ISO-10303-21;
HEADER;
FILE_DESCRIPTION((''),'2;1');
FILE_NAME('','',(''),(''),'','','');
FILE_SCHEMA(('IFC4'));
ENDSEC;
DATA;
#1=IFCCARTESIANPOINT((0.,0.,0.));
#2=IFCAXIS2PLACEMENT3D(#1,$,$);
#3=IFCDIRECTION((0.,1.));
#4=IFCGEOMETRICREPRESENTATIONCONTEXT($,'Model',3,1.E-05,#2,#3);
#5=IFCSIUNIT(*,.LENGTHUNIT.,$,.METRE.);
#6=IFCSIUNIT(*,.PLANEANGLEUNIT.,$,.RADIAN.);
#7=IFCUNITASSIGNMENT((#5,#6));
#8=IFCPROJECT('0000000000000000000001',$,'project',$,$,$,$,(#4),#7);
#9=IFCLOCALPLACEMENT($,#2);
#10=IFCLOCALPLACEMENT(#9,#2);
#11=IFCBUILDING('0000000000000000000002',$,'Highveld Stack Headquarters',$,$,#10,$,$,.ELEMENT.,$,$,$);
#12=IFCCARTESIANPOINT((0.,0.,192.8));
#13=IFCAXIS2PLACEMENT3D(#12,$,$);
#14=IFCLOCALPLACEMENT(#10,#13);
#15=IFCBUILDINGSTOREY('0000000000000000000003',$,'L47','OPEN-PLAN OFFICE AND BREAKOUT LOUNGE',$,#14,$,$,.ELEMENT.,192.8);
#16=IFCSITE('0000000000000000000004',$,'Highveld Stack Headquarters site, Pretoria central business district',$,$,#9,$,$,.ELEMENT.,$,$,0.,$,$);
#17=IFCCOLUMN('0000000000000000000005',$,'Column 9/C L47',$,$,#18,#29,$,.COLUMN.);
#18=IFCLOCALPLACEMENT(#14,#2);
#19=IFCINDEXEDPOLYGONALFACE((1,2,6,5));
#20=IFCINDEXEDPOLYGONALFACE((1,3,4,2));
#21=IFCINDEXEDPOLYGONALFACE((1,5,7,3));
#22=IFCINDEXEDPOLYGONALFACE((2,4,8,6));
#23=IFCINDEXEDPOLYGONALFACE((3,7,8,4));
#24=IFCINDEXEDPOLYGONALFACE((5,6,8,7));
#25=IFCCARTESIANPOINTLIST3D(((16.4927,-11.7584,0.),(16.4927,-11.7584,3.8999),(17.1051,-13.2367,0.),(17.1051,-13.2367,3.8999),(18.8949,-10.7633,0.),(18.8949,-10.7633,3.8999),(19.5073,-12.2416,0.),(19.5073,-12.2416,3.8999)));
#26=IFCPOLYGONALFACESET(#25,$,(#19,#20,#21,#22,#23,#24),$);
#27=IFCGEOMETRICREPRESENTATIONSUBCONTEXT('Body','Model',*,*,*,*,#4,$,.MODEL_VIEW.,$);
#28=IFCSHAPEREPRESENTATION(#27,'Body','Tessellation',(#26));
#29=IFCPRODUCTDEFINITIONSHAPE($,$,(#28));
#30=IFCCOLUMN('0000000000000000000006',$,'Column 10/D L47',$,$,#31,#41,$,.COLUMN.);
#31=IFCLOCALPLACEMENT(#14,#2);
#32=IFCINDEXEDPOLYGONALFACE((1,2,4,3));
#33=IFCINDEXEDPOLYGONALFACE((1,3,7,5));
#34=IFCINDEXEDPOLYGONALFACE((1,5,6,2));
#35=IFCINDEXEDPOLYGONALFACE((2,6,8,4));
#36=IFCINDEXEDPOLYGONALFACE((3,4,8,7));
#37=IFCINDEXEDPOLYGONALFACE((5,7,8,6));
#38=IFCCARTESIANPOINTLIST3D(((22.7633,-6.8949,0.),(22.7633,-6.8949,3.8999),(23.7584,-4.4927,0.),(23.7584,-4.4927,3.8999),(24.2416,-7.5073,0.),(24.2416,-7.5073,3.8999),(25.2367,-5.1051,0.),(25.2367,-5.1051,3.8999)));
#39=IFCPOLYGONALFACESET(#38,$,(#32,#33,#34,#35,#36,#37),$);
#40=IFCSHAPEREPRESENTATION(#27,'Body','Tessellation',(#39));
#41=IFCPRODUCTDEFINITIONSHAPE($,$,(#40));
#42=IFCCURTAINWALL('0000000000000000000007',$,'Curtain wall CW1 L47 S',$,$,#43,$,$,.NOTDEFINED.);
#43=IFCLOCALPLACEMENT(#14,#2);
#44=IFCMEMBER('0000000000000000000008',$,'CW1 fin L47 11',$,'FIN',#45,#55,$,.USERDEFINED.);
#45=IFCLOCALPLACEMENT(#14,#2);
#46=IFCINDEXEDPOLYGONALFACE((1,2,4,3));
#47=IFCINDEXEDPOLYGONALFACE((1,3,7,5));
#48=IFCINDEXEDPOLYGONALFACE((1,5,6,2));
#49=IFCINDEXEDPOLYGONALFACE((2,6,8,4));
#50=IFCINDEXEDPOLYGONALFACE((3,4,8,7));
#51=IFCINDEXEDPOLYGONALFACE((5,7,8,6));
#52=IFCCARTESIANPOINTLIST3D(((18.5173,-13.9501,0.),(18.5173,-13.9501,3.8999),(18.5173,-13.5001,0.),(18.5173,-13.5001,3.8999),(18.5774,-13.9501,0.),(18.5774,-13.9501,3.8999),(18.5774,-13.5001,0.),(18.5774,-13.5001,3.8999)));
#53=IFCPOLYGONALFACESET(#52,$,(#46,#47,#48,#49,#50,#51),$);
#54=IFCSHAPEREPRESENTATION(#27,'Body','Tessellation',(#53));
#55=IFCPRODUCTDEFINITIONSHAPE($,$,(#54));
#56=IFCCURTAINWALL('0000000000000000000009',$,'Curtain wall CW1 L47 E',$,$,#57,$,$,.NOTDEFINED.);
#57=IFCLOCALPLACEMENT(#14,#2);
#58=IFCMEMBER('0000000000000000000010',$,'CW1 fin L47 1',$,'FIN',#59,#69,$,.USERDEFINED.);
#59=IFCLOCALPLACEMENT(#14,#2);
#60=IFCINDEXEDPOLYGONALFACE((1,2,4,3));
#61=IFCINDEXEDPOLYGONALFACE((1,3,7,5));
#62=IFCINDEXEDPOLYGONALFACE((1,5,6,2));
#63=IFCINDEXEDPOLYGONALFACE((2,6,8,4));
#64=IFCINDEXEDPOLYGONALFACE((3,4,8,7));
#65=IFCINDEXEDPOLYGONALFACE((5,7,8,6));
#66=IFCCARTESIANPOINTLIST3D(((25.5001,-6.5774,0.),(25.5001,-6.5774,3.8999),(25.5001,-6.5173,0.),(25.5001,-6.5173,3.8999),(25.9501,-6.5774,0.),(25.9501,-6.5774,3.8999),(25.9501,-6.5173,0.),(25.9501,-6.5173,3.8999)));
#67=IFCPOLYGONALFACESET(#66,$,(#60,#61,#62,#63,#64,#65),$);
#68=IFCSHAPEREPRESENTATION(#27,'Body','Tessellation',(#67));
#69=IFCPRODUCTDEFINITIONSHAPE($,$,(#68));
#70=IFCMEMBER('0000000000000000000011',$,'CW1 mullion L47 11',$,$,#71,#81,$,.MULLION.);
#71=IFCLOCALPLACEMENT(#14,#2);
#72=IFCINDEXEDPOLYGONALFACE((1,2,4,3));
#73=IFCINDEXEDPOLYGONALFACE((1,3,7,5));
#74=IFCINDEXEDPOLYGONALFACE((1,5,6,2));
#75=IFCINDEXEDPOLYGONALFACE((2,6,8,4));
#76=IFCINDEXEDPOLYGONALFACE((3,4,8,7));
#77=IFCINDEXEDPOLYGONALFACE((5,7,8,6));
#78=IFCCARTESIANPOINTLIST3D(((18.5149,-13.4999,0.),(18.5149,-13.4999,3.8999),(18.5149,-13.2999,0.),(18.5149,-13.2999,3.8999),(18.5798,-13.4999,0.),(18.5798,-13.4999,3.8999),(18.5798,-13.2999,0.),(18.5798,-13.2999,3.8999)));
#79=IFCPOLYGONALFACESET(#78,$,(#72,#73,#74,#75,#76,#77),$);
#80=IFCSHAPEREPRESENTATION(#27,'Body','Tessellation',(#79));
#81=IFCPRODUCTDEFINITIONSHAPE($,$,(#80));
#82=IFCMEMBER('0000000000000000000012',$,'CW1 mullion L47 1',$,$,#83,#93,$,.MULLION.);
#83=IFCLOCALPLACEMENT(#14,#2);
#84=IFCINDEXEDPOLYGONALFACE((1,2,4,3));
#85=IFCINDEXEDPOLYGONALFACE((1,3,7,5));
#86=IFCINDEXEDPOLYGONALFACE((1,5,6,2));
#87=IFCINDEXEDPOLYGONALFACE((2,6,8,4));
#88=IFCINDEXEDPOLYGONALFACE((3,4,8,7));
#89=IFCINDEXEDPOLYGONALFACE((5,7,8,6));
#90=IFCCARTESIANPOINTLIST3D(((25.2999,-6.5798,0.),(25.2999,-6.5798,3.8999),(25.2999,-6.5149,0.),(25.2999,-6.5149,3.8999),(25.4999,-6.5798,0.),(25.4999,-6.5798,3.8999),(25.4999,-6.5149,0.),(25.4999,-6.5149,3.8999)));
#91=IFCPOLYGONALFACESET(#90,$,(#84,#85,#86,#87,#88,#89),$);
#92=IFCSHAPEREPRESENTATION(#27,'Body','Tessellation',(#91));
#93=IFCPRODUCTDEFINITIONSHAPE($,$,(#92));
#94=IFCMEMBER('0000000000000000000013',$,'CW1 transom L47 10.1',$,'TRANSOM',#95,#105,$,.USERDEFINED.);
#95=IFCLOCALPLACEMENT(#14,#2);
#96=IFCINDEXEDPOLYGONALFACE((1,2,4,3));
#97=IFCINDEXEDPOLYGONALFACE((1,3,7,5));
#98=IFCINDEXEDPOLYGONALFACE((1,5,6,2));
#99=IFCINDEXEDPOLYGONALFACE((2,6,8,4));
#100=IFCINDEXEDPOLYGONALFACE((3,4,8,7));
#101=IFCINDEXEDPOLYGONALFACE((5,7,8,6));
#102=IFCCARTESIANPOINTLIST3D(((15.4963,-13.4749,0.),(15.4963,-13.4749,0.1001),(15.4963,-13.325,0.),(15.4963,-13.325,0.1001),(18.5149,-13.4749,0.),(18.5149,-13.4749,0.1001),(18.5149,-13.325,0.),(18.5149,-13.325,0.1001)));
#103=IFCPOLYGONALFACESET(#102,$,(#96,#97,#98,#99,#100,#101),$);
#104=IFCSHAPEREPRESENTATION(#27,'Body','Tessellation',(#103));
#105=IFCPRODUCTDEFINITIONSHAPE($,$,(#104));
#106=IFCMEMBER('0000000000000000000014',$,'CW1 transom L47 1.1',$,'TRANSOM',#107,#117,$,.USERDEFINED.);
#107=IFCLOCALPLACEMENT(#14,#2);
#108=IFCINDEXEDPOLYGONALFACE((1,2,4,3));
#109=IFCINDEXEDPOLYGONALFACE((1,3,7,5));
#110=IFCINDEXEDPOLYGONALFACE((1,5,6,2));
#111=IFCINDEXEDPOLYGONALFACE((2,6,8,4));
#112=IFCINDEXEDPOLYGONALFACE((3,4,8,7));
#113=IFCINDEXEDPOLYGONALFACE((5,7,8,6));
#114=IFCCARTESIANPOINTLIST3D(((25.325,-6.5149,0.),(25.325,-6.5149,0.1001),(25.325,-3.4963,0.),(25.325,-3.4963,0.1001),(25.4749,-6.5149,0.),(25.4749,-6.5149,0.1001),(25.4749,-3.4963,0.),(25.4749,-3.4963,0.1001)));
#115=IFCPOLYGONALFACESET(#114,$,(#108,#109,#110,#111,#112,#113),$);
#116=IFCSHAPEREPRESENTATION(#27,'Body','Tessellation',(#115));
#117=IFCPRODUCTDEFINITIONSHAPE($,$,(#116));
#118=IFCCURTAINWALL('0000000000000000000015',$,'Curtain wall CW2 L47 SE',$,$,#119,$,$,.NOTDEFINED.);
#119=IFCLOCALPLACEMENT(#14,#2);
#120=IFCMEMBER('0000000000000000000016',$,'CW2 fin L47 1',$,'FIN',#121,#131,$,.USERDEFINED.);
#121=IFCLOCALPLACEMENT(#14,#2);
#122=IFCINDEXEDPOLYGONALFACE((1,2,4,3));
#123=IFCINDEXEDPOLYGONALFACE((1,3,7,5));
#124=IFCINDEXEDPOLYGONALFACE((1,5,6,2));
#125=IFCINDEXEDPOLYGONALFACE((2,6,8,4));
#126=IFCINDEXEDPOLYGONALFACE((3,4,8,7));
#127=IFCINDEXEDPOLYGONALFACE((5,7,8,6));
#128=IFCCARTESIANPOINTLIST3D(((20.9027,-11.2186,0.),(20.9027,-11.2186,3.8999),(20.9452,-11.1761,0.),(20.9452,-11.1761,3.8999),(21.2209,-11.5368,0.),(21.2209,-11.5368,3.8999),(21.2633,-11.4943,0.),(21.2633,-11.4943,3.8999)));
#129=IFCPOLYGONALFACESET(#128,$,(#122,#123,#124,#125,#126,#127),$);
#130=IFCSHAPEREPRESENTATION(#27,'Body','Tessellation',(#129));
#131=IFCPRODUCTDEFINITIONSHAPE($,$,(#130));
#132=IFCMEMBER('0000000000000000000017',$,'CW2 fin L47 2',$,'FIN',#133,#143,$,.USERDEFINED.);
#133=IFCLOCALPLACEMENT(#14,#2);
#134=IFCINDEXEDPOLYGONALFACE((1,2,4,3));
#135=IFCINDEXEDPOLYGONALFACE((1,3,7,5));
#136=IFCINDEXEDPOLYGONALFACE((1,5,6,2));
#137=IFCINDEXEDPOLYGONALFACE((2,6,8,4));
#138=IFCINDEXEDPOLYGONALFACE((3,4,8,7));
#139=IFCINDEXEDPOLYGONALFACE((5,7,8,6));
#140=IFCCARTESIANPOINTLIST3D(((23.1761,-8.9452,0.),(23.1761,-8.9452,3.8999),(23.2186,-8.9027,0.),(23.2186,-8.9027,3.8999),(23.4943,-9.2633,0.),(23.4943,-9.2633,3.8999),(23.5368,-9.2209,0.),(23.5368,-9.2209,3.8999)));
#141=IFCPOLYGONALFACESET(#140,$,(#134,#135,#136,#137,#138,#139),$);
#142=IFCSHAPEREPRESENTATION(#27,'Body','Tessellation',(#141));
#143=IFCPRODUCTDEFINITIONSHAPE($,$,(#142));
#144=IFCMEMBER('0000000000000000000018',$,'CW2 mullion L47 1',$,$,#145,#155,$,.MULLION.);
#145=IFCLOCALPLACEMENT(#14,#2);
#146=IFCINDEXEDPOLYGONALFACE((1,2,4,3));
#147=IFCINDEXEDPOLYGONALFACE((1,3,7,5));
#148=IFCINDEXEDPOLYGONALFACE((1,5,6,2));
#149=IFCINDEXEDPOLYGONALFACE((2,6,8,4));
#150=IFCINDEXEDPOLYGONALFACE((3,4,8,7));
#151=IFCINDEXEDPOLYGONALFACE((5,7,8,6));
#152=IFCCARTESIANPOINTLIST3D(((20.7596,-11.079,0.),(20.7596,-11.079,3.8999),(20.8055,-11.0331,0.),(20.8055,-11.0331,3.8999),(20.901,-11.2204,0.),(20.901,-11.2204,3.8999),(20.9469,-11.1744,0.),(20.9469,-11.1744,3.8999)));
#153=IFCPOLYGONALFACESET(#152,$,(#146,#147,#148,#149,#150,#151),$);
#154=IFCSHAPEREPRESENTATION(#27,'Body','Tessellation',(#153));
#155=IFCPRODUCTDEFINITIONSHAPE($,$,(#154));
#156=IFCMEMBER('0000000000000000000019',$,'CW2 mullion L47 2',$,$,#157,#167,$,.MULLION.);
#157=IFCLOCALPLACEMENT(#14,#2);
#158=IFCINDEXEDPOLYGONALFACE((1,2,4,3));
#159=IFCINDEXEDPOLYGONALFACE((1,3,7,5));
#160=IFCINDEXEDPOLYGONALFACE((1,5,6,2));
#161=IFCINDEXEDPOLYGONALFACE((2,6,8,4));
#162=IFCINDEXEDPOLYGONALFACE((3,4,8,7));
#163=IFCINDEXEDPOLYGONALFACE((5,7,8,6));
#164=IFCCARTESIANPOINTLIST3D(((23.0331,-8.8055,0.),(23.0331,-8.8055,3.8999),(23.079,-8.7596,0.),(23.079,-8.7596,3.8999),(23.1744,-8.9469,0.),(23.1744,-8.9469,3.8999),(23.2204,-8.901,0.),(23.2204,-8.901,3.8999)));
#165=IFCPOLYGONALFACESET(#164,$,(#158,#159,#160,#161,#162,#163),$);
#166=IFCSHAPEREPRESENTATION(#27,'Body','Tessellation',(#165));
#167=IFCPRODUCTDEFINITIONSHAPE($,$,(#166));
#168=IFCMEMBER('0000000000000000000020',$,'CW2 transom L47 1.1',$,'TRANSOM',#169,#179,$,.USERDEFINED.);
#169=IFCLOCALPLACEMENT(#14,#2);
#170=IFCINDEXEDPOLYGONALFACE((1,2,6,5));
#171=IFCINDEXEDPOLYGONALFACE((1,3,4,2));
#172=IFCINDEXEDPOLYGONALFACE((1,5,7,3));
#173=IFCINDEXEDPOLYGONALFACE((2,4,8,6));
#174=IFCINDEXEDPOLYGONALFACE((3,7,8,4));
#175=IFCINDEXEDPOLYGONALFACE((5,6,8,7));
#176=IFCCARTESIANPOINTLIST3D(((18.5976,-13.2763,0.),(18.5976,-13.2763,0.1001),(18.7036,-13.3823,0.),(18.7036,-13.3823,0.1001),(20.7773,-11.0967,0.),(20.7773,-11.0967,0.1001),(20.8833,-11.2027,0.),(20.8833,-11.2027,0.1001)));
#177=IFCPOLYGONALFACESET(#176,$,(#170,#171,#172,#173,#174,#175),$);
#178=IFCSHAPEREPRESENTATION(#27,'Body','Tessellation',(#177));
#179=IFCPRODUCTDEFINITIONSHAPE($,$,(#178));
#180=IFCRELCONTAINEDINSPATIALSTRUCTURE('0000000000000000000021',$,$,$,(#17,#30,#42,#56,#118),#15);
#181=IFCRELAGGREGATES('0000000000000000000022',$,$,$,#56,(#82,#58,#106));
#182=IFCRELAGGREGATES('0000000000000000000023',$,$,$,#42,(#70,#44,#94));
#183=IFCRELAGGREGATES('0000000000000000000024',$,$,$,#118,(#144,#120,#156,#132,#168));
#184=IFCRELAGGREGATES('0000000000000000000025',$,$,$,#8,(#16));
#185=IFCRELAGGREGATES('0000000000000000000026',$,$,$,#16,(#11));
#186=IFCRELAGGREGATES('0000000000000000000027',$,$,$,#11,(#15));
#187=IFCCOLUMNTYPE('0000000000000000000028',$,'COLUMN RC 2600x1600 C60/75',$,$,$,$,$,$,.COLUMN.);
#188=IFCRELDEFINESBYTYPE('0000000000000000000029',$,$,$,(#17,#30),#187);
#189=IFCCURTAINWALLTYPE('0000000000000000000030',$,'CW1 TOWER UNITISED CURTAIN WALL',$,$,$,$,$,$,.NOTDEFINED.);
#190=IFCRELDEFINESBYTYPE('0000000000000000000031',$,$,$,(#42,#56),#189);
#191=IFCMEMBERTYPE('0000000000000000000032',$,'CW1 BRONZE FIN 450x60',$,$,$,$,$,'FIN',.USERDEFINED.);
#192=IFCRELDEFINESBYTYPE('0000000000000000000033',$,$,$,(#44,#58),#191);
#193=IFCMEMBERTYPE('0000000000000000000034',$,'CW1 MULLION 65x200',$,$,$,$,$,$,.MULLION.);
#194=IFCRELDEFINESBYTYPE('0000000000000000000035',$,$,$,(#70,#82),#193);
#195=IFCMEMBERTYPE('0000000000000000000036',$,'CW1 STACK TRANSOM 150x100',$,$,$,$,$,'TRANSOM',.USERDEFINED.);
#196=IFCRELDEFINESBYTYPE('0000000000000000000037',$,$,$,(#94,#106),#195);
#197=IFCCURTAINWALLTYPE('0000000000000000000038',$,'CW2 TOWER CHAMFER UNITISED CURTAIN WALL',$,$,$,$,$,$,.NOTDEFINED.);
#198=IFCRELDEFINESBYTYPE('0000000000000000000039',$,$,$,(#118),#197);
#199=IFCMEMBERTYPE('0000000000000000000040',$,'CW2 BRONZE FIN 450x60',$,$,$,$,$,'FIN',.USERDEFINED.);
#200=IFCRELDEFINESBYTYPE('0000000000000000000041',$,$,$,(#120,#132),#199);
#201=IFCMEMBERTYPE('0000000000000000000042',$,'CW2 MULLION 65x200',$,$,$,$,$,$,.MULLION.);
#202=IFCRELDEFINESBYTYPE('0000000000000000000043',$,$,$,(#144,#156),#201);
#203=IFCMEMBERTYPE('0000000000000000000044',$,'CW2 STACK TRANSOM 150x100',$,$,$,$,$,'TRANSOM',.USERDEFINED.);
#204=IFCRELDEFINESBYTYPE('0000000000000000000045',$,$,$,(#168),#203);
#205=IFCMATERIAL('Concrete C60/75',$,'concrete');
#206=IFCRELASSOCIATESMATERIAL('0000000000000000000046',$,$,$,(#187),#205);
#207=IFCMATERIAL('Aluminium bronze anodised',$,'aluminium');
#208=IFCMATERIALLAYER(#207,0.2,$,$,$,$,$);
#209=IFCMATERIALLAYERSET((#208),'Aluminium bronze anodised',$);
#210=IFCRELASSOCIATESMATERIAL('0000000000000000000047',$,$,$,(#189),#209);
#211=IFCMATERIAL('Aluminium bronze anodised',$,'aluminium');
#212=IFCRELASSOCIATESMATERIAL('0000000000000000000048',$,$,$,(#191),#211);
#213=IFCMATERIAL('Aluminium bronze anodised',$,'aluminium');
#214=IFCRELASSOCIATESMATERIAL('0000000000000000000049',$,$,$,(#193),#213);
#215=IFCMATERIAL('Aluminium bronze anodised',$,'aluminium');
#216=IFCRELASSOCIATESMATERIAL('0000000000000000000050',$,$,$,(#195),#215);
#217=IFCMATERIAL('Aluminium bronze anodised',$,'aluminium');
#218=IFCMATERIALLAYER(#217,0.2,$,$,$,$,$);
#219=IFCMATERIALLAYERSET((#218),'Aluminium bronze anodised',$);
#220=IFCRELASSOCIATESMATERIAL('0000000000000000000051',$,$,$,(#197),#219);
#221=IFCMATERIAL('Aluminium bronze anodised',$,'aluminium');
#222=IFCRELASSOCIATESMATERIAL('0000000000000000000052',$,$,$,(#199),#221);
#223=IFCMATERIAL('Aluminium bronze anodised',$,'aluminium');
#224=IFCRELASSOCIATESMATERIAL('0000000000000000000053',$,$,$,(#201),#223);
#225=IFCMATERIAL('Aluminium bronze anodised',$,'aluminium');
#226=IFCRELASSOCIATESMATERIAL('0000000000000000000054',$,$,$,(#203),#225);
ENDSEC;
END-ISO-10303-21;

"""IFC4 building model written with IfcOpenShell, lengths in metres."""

from ifc_helpers import new_model, si_unit, direction, frame, origin, origin_2d, place, context, subcontext, project, spatial, rectangle, extrude, material, layer, layer_set, material_profile, profile_set, type_object, element, aggregate, save


model = new_model("IFC4")

# Units and contexts
model_context = context("Model", 3, precision=1e-05, world=origin(), true_north=direction((0.0, 1.0)))
body_context = subcontext(model_context, "Body", "Model", "MODEL_VIEW")
ifc_project = project(units=[si_unit("LENGTHUNIT", "METRE"), si_unit("PLANEANGLEUNIT", "RADIAN")], contexts=[model_context])

# Site, building, storey
site_placement = place(None, origin())
site = spatial("IfcSite", under=ifc_project, at=site_placement, Name="Highveld Stack Headquarters site, Pretoria central business district", CompositionType="ELEMENT", RefElevation=0.0)
building_placement = place(site_placement, origin())
building = spatial("IfcBuilding", under=site, at=building_placement, Name="Highveld Stack Headquarters", CompositionType="ELEMENT")
storey_placement = place(building_placement, frame((0.0, 0.0, 192.8)))
storey = spatial("IfcBuildingStorey", under=building, at=storey_placement, Name="L47", Description="OPEN-PLAN OFFICE AND BREAKOUT LOUNGE", CompositionType="ELEMENT", Elevation=192.8)

# Columns
ifc_material_1 = material(Name="Concrete C60/75", Category="concrete")
ifc_material_profile_1 = material_profile(ifc_material_1, rectangle(XDim=2.6001, YDim=1.6001, at=origin_2d()), Name="RC 2600x1600")
ifc_profile_set_1 = profile_set([ifc_material_profile_1], Name="Concrete C60/75")
column_type = type_object("IfcColumnType", Name="COLUMN RC 2600x1600 C60/75", PredefinedType="COLUMN", material=ifc_profile_set_1)
for number, where, z_axis, x_axis, name in (
    (1, (18.0, -12.0, 0.0), (0.0, 0.0, 1.0), (-0.92388, -0.382683, 0.0), "Column 9/C L47"),
    (2, (24.0, -6.0, 0.0), (0.0, 0.0, 1.0), (-0.382683, -0.92388, 0.0), "Column 10/D L47"),
):
    element("IfcColumn", number, at=place(storey_placement, frame(where, z_axis=z_axis, x_axis=x_axis)), inside=storey, type_object=column_type, Name=name, PredefinedType="COLUMN", context=body_context, shape_type="SweptSolid", body=[
        extrude(rectangle(XDim=2.6001, YDim=1.6001, at=origin_2d()), origin(), (0.0, 0.0, 1.0), 3.8999),
    ])

# Curtain walls, members
ifc_material_2 = material(Name="Aluminium bronze anodised", Category="aluminium")
ifc_layer_1 = layer(ifc_material_2, 0.2)
ifc_layer_set_1 = layer_set([ifc_layer_1], Name="Aluminium bronze anodised")
curtain_wall_type_1 = type_object("IfcCurtainWallType", Name="CW1 TOWER UNITISED CURTAIN WALL", PredefinedType="NOTDEFINED", material=ifc_layer_set_1)
curtain_wall_1_placement = place(storey_placement, origin())
curtain_wall_1 = element("IfcCurtainWall", 3, at=curtain_wall_1_placement, inside=storey, type_object=curtain_wall_type_1, Name="Curtain wall CW1 L47 S", PredefinedType="NOTDEFINED")
ifc_material_3 = material(Name="Aluminium bronze anodised", Category="aluminium")
ifc_material_profile_2 = material_profile(ifc_material_3, rectangle(XDim=0.45, YDim=0.0601, at=origin_2d()), Name="FIN 450x60")
ifc_profile_set_2 = profile_set([ifc_material_profile_2], Name="Aluminium bronze anodised")
member_type_1 = type_object("IfcMemberType", Name="CW1 BRONZE FIN 450x60", ElementType="FIN", PredefinedType="USERDEFINED", material=ifc_profile_set_2)
member_1_placement = place(storey_placement, frame((18.5474, -13.7251, 0.0), z_axis=(0.0, 0.0, 1.0), x_axis=(0.0, 1.0, 0.0)))
member_1 = element("IfcMember", 4, at=member_1_placement, type_object=member_type_1, Name="CW1 fin L47 11", ObjectType="FIN", PredefinedType="USERDEFINED", context=body_context, shape_type="SweptSolid", body=[
    extrude(rectangle(XDim=0.45, YDim=0.0601, at=origin_2d()), origin(), (0.0, 0.0, 1.0), 3.8999),
])
curtain_wall_2_placement = place(storey_placement, origin())
curtain_wall_2 = element("IfcCurtainWall", 5, at=curtain_wall_2_placement, inside=storey, type_object=curtain_wall_type_1, Name="Curtain wall CW1 L47 E", PredefinedType="NOTDEFINED")
member_2_placement = place(storey_placement, frame((25.7251, -6.5474, 0.0), z_axis=(0.0, 0.0, 1.0), x_axis=(-1.0, 0.0, 0.0)))
member_2 = element("IfcMember", 6, at=member_2_placement, type_object=member_type_1, Name="CW1 fin L47 1", ObjectType="FIN", PredefinedType="USERDEFINED", context=body_context, shape_type="SweptSolid", body=[
    extrude(rectangle(XDim=0.45, YDim=0.0601, at=origin_2d()), origin(), (0.0, 0.0, 1.0), 3.8999),
])

# Members
ifc_material_4 = material(Name="Aluminium bronze anodised", Category="aluminium")
ifc_material_profile_3 = material_profile(ifc_material_4, rectangle(XDim=0.2, YDim=0.0649, at=origin_2d()), Name="CW1 MULLION 65x200")
ifc_profile_set_3 = profile_set([ifc_material_profile_3], Name="Aluminium bronze anodised")
member_type_2 = type_object("IfcMemberType", Name="CW1 MULLION 65x200", PredefinedType="MULLION", material=ifc_profile_set_3)
member_3_placement = place(storey_placement, frame((18.5474, -13.3999, 0.0), z_axis=(0.0, 0.0, 1.0), x_axis=(0.0, 1.0, 0.0)))
member_3 = element("IfcMember", 7, at=member_3_placement, type_object=member_type_2, Name="CW1 mullion L47 11", PredefinedType="MULLION", context=body_context, shape_type="SweptSolid", body=[
    extrude(rectangle(XDim=0.2, YDim=0.0649, at=origin_2d()), origin(), (0.0, 0.0, 1.0), 3.8999),
])
member_4_placement = place(storey_placement, frame((25.3999, -6.5474, 0.0), z_axis=(0.0, 0.0, 1.0), x_axis=(-1.0, 0.0, 0.0)))
member_4 = element("IfcMember", 8, at=member_4_placement, type_object=member_type_2, Name="CW1 mullion L47 1", PredefinedType="MULLION", context=body_context, shape_type="SweptSolid", body=[
    extrude(rectangle(XDim=0.2, YDim=0.0649, at=origin_2d()), origin(), (0.0, 0.0, 1.0), 3.8999),
])
ifc_material_5 = material(Name="Aluminium bronze anodised", Category="aluminium")
ifc_material_profile_4 = material_profile(ifc_material_5, rectangle(XDim=0.1499, YDim=0.1001, at=origin_2d()), Name="CW1 TRANSOM 150x100")
ifc_profile_set_4 = profile_set([ifc_material_profile_4], Name="Aluminium bronze anodised")
member_type_3 = type_object("IfcMemberType", Name="CW1 STACK TRANSOM 150x100", ElementType="TRANSOM", PredefinedType="USERDEFINED", material=ifc_profile_set_4)
member_5_placement = place(storey_placement, frame((15.4963, -13.3999, 0.05), z_axis=(1.0, 0.0, 0.0), x_axis=(0.0, 1.0, 0.0)))
member_5 = element("IfcMember", 9, at=member_5_placement, type_object=member_type_3, Name="CW1 transom L47 10.1", ObjectType="TRANSOM", PredefinedType="USERDEFINED", context=body_context, shape_type="SweptSolid", body=[
    extrude(rectangle(XDim=0.1499, YDim=0.1001, at=origin_2d()), origin(), (0.0, 0.0, 1.0), 3.0186),
])
member_6_placement = place(storey_placement, frame((25.3999, -6.5149, 0.05), z_axis=(0.0, 1.0, 0.0), x_axis=(-1.0, 0.0, 0.0)))
member_6 = element("IfcMember", 10, at=member_6_placement, type_object=member_type_3, Name="CW1 transom L47 1.1", ObjectType="TRANSOM", PredefinedType="USERDEFINED", context=body_context, shape_type="SweptSolid", body=[
    extrude(rectangle(XDim=0.1499, YDim=0.1001, at=origin_2d()), origin(), (0.0, 0.0, 1.0), 3.0186),
])
aggregate(curtain_wall_2, [member_4, member_2, member_6])

# Curtain wall, members
ifc_material_6 = material(Name="Aluminium bronze anodised", Category="aluminium")
ifc_layer_2 = layer(ifc_material_6, 0.2)
ifc_layer_set_2 = layer_set([ifc_layer_2], Name="Aluminium bronze anodised")
curtain_wall_type_2 = type_object("IfcCurtainWallType", Name="CW2 TOWER CHAMFER UNITISED CURTAIN WALL", PredefinedType="NOTDEFINED", material=ifc_layer_set_2)
curtain_wall_3_placement = place(storey_placement, origin())
curtain_wall_3 = element("IfcCurtainWall", 11, at=curtain_wall_3_placement, inside=storey, type_object=curtain_wall_type_2, Name="Curtain wall CW2 L47 SE", PredefinedType="NOTDEFINED")
ifc_material_7 = material(Name="Aluminium bronze anodised", Category="aluminium")
ifc_material_profile_5 = material_profile(ifc_material_7, rectangle(XDim=0.45, YDim=0.0601, at=origin_2d()), Name="FIN 450x60")
ifc_profile_set_5 = profile_set([ifc_material_profile_5], Name="Aluminium bronze anodised")
member_type_4 = type_object("IfcMemberType", Name="CW2 BRONZE FIN 450x60", ElementType="FIN", PredefinedType="USERDEFINED", material=ifc_profile_set_5)
member_7_placement = place(storey_placement, frame((21.083, -11.3564, 0.0), z_axis=(0.0, 0.0, 1.0), x_axis=(-0.707107, 0.707107, 0.0)))
member_7 = element("IfcMember", 12, at=member_7_placement, type_object=member_type_4, Name="CW2 fin L47 1", ObjectType="FIN", PredefinedType="USERDEFINED", context=body_context, shape_type="SweptSolid", body=[
    extrude(rectangle(XDim=0.45, YDim=0.0601, at=origin_2d()), origin(), (0.0, 0.0, 1.0), 3.8999),
])
member_8_placement = place(storey_placement, frame((23.3564, -9.083, 0.0), z_axis=(0.0, 0.0, 1.0), x_axis=(-0.707107, 0.707107, 0.0)))
member_8 = element("IfcMember", 13, at=member_8_placement, type_object=member_type_4, Name="CW2 fin L47 2", ObjectType="FIN", PredefinedType="USERDEFINED", context=body_context, shape_type="SweptSolid", body=[
    extrude(rectangle(XDim=0.45, YDim=0.0601, at=origin_2d()), origin(), (0.0, 0.0, 1.0), 3.8999),
])
ifc_material_8 = material(Name="Aluminium bronze anodised", Category="aluminium")
ifc_material_profile_6 = material_profile(ifc_material_8, rectangle(XDim=0.2, YDim=0.0649, at=origin_2d()), Name="CW2 MULLION 65x200")
ifc_profile_set_6 = profile_set([ifc_material_profile_6], Name="Aluminium bronze anodised")
member_type_5 = type_object("IfcMemberType", Name="CW2 MULLION 65x200", PredefinedType="MULLION", material=ifc_profile_set_6)
member_9_placement = place(storey_placement, frame((20.8533, -11.1267, 0.0), z_axis=(0.0, 0.0, 1.0), x_axis=(-0.707107, 0.707107, 0.0)))
member_9 = element("IfcMember", 14, at=member_9_placement, type_object=member_type_5, Name="CW2 mullion L47 1", PredefinedType="MULLION", context=body_context, shape_type="SweptSolid", body=[
    extrude(rectangle(XDim=0.2, YDim=0.0649, at=origin_2d()), origin(), (0.0, 0.0, 1.0), 3.8999),
])
member_10_placement = place(storey_placement, frame((23.1267, -8.8533, 0.0), z_axis=(0.0, 0.0, 1.0), x_axis=(-0.707107, 0.707107, 0.0)))
member_10 = element("IfcMember", 15, at=member_10_placement, type_object=member_type_5, Name="CW2 mullion L47 2", PredefinedType="MULLION", context=body_context, shape_type="SweptSolid", body=[
    extrude(rectangle(XDim=0.2, YDim=0.0649, at=origin_2d()), origin(), (0.0, 0.0, 1.0), 3.8999),
])
ifc_material_9 = material(Name="Aluminium bronze anodised", Category="aluminium")
ifc_material_profile_7 = material_profile(ifc_material_9, rectangle(XDim=0.1499, YDim=0.1001, at=origin_2d()), Name="CW2 TRANSOM 150x100")
ifc_profile_set_7 = profile_set([ifc_material_profile_7], Name="Aluminium bronze anodised")
member_type_6 = type_object("IfcMemberType", Name="CW2 STACK TRANSOM 150x100", ElementType="TRANSOM", PredefinedType="USERDEFINED", material=ifc_profile_set_7)
member_11_placement = place(storey_placement, frame((18.6506, -13.3293, 0.05), z_axis=(0.707107, 0.707107, 0.0), x_axis=(-0.707107, 0.707107, 0.0)))
member_11 = element("IfcMember", 16, at=member_11_placement, type_object=member_type_6, Name="CW2 transom L47 1.1", ObjectType="TRANSOM", PredefinedType="USERDEFINED", context=body_context, shape_type="SweptSolid", body=[
    extrude(rectangle(XDim=0.1499, YDim=0.1001, at=origin_2d()), origin(), (0.0, 0.0, 1.0), 3.0825),
])

aggregate(curtain_wall_1, [member_3, member_1, member_5])
aggregate(curtain_wall_3, [member_9, member_7, member_10, member_8, member_11])

save(model, "model.ifc")
